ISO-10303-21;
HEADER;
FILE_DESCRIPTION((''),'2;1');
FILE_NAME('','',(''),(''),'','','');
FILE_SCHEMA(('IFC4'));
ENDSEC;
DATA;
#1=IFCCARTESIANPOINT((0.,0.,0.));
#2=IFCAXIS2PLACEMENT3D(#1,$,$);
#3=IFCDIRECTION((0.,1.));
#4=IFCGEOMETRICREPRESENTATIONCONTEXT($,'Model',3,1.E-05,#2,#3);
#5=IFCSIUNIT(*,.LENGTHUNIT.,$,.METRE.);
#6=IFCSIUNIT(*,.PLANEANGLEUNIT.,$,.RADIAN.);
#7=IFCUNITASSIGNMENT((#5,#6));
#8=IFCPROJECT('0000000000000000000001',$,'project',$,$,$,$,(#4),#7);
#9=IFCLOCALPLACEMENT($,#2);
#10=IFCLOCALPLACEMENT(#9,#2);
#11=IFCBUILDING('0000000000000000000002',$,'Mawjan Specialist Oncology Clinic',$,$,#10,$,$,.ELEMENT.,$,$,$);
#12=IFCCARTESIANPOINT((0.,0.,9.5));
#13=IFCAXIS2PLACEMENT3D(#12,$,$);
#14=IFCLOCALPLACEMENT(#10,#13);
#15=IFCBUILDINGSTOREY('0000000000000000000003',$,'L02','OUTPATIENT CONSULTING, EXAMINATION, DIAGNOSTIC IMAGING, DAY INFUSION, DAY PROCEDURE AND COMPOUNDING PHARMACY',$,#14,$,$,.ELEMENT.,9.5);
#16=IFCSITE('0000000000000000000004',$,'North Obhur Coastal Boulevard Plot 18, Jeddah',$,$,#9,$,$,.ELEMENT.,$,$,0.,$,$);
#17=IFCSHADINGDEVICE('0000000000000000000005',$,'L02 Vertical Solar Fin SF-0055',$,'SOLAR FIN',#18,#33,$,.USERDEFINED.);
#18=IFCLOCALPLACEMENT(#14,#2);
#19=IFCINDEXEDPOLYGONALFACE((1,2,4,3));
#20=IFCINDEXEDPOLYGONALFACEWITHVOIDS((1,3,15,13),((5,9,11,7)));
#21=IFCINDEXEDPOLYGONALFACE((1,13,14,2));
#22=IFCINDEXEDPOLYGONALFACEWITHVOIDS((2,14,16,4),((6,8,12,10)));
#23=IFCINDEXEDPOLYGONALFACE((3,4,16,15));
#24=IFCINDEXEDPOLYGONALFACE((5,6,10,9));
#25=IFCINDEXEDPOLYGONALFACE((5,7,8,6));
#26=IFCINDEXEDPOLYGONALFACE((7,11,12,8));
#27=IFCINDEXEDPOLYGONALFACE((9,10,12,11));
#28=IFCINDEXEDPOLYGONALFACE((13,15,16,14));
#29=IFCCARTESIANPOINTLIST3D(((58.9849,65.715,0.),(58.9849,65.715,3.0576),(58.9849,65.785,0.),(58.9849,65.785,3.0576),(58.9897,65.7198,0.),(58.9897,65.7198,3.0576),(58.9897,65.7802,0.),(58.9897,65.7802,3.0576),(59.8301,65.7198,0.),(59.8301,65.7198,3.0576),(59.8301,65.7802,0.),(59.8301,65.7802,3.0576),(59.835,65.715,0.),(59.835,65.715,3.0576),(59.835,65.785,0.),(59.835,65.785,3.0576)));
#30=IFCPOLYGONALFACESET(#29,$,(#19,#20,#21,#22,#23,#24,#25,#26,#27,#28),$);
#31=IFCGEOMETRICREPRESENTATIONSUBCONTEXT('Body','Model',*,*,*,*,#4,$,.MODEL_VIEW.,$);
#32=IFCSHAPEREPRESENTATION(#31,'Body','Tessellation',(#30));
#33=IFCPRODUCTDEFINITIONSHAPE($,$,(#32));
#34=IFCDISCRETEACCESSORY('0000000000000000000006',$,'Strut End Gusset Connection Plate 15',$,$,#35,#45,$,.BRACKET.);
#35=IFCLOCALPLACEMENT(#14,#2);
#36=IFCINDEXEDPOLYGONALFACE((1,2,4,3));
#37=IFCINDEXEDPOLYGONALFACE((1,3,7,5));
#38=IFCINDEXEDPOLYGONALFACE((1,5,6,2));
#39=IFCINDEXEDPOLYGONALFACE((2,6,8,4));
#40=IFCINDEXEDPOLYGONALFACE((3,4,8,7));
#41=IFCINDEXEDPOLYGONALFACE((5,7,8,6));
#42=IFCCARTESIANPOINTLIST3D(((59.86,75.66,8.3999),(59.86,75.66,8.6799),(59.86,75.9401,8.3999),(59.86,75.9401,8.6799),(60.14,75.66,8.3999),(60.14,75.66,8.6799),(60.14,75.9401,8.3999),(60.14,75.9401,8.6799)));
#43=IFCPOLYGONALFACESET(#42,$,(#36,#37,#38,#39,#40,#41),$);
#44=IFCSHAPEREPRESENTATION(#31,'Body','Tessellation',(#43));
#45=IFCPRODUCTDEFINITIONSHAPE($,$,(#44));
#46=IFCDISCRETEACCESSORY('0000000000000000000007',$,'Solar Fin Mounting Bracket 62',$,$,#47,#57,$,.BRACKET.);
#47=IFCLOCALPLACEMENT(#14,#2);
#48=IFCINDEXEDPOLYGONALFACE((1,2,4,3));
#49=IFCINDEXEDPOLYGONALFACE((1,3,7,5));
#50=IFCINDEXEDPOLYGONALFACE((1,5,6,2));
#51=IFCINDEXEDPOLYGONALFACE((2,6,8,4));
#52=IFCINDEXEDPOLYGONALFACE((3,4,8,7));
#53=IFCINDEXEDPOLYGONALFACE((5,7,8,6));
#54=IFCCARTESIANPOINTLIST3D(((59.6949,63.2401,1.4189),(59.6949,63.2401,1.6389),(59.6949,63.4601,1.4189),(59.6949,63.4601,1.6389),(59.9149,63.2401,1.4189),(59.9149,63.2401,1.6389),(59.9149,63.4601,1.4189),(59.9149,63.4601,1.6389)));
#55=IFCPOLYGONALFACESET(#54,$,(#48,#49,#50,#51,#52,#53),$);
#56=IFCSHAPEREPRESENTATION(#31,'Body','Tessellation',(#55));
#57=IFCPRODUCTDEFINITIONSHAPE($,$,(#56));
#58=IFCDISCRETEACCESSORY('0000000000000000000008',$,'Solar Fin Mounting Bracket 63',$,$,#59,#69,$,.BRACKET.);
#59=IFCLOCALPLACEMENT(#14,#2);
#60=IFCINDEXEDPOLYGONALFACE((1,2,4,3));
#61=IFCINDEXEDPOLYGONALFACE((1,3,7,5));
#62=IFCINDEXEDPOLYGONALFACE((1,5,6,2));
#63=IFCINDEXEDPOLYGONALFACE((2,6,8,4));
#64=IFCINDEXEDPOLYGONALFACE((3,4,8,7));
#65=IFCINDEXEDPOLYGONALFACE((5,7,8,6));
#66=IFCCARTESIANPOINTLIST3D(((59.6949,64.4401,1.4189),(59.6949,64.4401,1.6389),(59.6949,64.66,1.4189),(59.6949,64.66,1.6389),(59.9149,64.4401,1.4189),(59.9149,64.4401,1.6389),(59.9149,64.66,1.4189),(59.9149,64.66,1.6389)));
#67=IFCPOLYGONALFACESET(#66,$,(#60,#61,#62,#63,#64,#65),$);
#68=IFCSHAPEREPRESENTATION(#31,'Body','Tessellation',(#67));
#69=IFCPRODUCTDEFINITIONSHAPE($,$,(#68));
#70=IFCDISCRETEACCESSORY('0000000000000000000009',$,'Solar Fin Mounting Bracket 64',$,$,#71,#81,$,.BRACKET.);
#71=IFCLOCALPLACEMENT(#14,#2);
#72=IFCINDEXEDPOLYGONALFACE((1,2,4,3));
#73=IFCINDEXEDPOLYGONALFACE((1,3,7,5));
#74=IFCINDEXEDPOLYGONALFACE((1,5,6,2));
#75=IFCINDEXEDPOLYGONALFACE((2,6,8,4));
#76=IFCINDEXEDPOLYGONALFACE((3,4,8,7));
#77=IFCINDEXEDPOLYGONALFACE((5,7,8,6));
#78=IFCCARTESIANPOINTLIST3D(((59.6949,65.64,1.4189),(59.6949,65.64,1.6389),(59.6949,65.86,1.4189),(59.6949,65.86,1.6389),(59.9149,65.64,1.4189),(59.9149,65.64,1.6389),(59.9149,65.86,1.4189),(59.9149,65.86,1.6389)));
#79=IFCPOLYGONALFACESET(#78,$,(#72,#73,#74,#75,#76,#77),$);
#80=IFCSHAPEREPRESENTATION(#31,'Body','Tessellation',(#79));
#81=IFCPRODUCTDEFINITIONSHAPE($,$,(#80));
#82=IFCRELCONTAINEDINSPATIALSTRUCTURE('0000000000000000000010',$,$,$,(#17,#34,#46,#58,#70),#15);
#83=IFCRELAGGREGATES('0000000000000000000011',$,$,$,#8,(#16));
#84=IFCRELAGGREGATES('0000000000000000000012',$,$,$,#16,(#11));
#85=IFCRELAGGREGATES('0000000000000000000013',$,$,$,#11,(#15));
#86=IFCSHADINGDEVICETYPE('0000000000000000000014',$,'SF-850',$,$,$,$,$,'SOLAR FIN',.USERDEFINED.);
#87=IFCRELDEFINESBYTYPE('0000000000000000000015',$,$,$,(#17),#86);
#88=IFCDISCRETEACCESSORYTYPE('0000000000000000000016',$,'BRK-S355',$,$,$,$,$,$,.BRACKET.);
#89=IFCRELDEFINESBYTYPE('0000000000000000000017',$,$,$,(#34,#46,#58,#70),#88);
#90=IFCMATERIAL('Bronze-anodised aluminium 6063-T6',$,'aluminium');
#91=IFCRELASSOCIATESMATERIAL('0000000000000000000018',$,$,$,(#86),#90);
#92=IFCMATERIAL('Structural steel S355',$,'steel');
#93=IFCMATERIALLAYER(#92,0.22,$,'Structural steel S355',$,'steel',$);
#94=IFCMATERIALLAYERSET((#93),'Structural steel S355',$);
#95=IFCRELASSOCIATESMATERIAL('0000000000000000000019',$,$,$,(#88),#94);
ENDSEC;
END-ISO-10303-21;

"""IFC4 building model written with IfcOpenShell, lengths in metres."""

from ifc_helpers import new_model, si_unit, direction, frame, origin, origin_2d, place, context, subcontext, project, spatial, rectangle, hollow_rectangle, extrude, material, layer, layer_set, material_profile, profile_set, type_object, element, save


model = new_model("IFC4")

# Units and contexts
model_context = context("Model", 3, precision=1e-05, world=origin(), true_north=direction((0.0, 1.0)))
body_context = subcontext(model_context, "Body", "Model", "MODEL_VIEW")
ifc_project = project(units=[si_unit("LENGTHUNIT", "METRE"), si_unit("PLANEANGLEUNIT", "RADIAN")], contexts=[model_context])

# Site, building, storey
site_placement = place(None, origin())
site = spatial("IfcSite", under=ifc_project, at=site_placement, Name="North Obhur Coastal Boulevard Plot 18, Jeddah", CompositionType="ELEMENT", RefElevation=0.0)
building_placement = place(site_placement, origin())
building = spatial("IfcBuilding", under=site, at=building_placement, Name="Mawjan Specialist Oncology Clinic", CompositionType="ELEMENT")
storey_placement = place(building_placement, frame((0.0, 0.0, 9.5)))
storey = spatial("IfcBuildingStorey", under=building, at=storey_placement, Name="L02", Description="OUTPATIENT CONSULTING, EXAMINATION, DIAGNOSTIC IMAGING, DAY INFUSION, DAY PROCEDURE AND COMPOUNDING PHARMACY", CompositionType="ELEMENT", Elevation=9.5)

# Shading device
ifc_material_1 = material(Name="Bronze-anodised aluminium 6063-T6", Category="aluminium")
ifc_material_profile_1 = material_profile(ifc_material_1, hollow_rectangle(XDim=0.0701, YDim=0.8501, WallThickness=0.0049, at=origin_2d()), Name="FIN 850x70x5", Category="aluminium")
ifc_profile_set_1 = profile_set([ifc_material_profile_1], Name="Bronze-anodised aluminium 6063-T6")
shading_device_type = type_object("IfcShadingDeviceType", Name="SF-850", ElementType="SOLAR FIN", PredefinedType="USERDEFINED", material=ifc_profile_set_1)
for number, where, z_axis, x_axis, name in (
    (1, (59.4099, 65.75, 0.0), (0.0, 0.0, 1.0), (0.0, 1.0, 0.0), "L02 Vertical Solar Fin SF-0055"),
):
    element("IfcShadingDevice", number, at=place(storey_placement, frame(where, z_axis=z_axis, x_axis=x_axis)), inside=storey, type_object=shading_device_type, Name=name, ObjectType="SOLAR FIN", PredefinedType="USERDEFINED", context=body_context, shape_type="SweptSolid", body=[
        extrude(hollow_rectangle(XDim=0.0701, YDim=0.8501, WallThickness=0.0049, at=origin_2d()), origin(), (0.0, 0.0, 1.0), 3.0576),
    ])

# Discrete accessories
ifc_material_2 = material(Name="Structural steel S355", Category="steel")
ifc_layer_1 = layer(ifc_material_2, 0.22, Name="Structural steel S355", Category="steel")
ifc_layer_set_1 = layer_set([ifc_layer_1], Name="Structural steel S355")
discrete_accessory_type = type_object("IfcDiscreteAccessoryType", Name="BRK-S355", PredefinedType="BRACKET", material=ifc_layer_set_1)
discrete_accessory_placement = place(storey_placement, frame((60.0, 75.8, 8.3999), z_axis=(0.0, 0.0, 1.0), x_axis=(1.0, 0.0, 0.0)))
element("IfcDiscreteAccessory", 2, at=discrete_accessory_placement, inside=storey, type_object=discrete_accessory_type, Name="Strut End Gusset Connection Plate 15", PredefinedType="BRACKET", context=body_context, shape_type="SweptSolid", body=[
    extrude(rectangle(XDim=0.28, YDim=0.28, at=origin_2d()), origin(), (0.0, 0.0, 1.0), 0.28),
])
for number, where, z_axis, x_axis, name in (
    (3, (59.8049, 63.3501, 1.4189), (0.0, 0.0, 1.0), (0.0, 1.0, 0.0), "Solar Fin Mounting Bracket 62"),
    (4, (59.8049, 64.55, 1.4189), (0.0, 0.0, 1.0), (0.0, 1.0, 0.0), "Solar Fin Mounting Bracket 63"),
    (5, (59.8049, 65.75, 1.4189), (0.0, 0.0, 1.0), (0.0, 1.0, 0.0), "Solar Fin Mounting Bracket 64"),
):
    element("IfcDiscreteAccessory", number, at=place(storey_placement, frame(where, z_axis=z_axis, x_axis=x_axis)), inside=storey, type_object=discrete_accessory_type, Name=name, PredefinedType="BRACKET", context=body_context, shape_type="SweptSolid", body=[
        extrude(rectangle(XDim=0.22, YDim=0.22, at=origin_2d()), origin(), (0.0, 0.0, 1.0), 0.22),
    ])

save(model, "model.ifc")
